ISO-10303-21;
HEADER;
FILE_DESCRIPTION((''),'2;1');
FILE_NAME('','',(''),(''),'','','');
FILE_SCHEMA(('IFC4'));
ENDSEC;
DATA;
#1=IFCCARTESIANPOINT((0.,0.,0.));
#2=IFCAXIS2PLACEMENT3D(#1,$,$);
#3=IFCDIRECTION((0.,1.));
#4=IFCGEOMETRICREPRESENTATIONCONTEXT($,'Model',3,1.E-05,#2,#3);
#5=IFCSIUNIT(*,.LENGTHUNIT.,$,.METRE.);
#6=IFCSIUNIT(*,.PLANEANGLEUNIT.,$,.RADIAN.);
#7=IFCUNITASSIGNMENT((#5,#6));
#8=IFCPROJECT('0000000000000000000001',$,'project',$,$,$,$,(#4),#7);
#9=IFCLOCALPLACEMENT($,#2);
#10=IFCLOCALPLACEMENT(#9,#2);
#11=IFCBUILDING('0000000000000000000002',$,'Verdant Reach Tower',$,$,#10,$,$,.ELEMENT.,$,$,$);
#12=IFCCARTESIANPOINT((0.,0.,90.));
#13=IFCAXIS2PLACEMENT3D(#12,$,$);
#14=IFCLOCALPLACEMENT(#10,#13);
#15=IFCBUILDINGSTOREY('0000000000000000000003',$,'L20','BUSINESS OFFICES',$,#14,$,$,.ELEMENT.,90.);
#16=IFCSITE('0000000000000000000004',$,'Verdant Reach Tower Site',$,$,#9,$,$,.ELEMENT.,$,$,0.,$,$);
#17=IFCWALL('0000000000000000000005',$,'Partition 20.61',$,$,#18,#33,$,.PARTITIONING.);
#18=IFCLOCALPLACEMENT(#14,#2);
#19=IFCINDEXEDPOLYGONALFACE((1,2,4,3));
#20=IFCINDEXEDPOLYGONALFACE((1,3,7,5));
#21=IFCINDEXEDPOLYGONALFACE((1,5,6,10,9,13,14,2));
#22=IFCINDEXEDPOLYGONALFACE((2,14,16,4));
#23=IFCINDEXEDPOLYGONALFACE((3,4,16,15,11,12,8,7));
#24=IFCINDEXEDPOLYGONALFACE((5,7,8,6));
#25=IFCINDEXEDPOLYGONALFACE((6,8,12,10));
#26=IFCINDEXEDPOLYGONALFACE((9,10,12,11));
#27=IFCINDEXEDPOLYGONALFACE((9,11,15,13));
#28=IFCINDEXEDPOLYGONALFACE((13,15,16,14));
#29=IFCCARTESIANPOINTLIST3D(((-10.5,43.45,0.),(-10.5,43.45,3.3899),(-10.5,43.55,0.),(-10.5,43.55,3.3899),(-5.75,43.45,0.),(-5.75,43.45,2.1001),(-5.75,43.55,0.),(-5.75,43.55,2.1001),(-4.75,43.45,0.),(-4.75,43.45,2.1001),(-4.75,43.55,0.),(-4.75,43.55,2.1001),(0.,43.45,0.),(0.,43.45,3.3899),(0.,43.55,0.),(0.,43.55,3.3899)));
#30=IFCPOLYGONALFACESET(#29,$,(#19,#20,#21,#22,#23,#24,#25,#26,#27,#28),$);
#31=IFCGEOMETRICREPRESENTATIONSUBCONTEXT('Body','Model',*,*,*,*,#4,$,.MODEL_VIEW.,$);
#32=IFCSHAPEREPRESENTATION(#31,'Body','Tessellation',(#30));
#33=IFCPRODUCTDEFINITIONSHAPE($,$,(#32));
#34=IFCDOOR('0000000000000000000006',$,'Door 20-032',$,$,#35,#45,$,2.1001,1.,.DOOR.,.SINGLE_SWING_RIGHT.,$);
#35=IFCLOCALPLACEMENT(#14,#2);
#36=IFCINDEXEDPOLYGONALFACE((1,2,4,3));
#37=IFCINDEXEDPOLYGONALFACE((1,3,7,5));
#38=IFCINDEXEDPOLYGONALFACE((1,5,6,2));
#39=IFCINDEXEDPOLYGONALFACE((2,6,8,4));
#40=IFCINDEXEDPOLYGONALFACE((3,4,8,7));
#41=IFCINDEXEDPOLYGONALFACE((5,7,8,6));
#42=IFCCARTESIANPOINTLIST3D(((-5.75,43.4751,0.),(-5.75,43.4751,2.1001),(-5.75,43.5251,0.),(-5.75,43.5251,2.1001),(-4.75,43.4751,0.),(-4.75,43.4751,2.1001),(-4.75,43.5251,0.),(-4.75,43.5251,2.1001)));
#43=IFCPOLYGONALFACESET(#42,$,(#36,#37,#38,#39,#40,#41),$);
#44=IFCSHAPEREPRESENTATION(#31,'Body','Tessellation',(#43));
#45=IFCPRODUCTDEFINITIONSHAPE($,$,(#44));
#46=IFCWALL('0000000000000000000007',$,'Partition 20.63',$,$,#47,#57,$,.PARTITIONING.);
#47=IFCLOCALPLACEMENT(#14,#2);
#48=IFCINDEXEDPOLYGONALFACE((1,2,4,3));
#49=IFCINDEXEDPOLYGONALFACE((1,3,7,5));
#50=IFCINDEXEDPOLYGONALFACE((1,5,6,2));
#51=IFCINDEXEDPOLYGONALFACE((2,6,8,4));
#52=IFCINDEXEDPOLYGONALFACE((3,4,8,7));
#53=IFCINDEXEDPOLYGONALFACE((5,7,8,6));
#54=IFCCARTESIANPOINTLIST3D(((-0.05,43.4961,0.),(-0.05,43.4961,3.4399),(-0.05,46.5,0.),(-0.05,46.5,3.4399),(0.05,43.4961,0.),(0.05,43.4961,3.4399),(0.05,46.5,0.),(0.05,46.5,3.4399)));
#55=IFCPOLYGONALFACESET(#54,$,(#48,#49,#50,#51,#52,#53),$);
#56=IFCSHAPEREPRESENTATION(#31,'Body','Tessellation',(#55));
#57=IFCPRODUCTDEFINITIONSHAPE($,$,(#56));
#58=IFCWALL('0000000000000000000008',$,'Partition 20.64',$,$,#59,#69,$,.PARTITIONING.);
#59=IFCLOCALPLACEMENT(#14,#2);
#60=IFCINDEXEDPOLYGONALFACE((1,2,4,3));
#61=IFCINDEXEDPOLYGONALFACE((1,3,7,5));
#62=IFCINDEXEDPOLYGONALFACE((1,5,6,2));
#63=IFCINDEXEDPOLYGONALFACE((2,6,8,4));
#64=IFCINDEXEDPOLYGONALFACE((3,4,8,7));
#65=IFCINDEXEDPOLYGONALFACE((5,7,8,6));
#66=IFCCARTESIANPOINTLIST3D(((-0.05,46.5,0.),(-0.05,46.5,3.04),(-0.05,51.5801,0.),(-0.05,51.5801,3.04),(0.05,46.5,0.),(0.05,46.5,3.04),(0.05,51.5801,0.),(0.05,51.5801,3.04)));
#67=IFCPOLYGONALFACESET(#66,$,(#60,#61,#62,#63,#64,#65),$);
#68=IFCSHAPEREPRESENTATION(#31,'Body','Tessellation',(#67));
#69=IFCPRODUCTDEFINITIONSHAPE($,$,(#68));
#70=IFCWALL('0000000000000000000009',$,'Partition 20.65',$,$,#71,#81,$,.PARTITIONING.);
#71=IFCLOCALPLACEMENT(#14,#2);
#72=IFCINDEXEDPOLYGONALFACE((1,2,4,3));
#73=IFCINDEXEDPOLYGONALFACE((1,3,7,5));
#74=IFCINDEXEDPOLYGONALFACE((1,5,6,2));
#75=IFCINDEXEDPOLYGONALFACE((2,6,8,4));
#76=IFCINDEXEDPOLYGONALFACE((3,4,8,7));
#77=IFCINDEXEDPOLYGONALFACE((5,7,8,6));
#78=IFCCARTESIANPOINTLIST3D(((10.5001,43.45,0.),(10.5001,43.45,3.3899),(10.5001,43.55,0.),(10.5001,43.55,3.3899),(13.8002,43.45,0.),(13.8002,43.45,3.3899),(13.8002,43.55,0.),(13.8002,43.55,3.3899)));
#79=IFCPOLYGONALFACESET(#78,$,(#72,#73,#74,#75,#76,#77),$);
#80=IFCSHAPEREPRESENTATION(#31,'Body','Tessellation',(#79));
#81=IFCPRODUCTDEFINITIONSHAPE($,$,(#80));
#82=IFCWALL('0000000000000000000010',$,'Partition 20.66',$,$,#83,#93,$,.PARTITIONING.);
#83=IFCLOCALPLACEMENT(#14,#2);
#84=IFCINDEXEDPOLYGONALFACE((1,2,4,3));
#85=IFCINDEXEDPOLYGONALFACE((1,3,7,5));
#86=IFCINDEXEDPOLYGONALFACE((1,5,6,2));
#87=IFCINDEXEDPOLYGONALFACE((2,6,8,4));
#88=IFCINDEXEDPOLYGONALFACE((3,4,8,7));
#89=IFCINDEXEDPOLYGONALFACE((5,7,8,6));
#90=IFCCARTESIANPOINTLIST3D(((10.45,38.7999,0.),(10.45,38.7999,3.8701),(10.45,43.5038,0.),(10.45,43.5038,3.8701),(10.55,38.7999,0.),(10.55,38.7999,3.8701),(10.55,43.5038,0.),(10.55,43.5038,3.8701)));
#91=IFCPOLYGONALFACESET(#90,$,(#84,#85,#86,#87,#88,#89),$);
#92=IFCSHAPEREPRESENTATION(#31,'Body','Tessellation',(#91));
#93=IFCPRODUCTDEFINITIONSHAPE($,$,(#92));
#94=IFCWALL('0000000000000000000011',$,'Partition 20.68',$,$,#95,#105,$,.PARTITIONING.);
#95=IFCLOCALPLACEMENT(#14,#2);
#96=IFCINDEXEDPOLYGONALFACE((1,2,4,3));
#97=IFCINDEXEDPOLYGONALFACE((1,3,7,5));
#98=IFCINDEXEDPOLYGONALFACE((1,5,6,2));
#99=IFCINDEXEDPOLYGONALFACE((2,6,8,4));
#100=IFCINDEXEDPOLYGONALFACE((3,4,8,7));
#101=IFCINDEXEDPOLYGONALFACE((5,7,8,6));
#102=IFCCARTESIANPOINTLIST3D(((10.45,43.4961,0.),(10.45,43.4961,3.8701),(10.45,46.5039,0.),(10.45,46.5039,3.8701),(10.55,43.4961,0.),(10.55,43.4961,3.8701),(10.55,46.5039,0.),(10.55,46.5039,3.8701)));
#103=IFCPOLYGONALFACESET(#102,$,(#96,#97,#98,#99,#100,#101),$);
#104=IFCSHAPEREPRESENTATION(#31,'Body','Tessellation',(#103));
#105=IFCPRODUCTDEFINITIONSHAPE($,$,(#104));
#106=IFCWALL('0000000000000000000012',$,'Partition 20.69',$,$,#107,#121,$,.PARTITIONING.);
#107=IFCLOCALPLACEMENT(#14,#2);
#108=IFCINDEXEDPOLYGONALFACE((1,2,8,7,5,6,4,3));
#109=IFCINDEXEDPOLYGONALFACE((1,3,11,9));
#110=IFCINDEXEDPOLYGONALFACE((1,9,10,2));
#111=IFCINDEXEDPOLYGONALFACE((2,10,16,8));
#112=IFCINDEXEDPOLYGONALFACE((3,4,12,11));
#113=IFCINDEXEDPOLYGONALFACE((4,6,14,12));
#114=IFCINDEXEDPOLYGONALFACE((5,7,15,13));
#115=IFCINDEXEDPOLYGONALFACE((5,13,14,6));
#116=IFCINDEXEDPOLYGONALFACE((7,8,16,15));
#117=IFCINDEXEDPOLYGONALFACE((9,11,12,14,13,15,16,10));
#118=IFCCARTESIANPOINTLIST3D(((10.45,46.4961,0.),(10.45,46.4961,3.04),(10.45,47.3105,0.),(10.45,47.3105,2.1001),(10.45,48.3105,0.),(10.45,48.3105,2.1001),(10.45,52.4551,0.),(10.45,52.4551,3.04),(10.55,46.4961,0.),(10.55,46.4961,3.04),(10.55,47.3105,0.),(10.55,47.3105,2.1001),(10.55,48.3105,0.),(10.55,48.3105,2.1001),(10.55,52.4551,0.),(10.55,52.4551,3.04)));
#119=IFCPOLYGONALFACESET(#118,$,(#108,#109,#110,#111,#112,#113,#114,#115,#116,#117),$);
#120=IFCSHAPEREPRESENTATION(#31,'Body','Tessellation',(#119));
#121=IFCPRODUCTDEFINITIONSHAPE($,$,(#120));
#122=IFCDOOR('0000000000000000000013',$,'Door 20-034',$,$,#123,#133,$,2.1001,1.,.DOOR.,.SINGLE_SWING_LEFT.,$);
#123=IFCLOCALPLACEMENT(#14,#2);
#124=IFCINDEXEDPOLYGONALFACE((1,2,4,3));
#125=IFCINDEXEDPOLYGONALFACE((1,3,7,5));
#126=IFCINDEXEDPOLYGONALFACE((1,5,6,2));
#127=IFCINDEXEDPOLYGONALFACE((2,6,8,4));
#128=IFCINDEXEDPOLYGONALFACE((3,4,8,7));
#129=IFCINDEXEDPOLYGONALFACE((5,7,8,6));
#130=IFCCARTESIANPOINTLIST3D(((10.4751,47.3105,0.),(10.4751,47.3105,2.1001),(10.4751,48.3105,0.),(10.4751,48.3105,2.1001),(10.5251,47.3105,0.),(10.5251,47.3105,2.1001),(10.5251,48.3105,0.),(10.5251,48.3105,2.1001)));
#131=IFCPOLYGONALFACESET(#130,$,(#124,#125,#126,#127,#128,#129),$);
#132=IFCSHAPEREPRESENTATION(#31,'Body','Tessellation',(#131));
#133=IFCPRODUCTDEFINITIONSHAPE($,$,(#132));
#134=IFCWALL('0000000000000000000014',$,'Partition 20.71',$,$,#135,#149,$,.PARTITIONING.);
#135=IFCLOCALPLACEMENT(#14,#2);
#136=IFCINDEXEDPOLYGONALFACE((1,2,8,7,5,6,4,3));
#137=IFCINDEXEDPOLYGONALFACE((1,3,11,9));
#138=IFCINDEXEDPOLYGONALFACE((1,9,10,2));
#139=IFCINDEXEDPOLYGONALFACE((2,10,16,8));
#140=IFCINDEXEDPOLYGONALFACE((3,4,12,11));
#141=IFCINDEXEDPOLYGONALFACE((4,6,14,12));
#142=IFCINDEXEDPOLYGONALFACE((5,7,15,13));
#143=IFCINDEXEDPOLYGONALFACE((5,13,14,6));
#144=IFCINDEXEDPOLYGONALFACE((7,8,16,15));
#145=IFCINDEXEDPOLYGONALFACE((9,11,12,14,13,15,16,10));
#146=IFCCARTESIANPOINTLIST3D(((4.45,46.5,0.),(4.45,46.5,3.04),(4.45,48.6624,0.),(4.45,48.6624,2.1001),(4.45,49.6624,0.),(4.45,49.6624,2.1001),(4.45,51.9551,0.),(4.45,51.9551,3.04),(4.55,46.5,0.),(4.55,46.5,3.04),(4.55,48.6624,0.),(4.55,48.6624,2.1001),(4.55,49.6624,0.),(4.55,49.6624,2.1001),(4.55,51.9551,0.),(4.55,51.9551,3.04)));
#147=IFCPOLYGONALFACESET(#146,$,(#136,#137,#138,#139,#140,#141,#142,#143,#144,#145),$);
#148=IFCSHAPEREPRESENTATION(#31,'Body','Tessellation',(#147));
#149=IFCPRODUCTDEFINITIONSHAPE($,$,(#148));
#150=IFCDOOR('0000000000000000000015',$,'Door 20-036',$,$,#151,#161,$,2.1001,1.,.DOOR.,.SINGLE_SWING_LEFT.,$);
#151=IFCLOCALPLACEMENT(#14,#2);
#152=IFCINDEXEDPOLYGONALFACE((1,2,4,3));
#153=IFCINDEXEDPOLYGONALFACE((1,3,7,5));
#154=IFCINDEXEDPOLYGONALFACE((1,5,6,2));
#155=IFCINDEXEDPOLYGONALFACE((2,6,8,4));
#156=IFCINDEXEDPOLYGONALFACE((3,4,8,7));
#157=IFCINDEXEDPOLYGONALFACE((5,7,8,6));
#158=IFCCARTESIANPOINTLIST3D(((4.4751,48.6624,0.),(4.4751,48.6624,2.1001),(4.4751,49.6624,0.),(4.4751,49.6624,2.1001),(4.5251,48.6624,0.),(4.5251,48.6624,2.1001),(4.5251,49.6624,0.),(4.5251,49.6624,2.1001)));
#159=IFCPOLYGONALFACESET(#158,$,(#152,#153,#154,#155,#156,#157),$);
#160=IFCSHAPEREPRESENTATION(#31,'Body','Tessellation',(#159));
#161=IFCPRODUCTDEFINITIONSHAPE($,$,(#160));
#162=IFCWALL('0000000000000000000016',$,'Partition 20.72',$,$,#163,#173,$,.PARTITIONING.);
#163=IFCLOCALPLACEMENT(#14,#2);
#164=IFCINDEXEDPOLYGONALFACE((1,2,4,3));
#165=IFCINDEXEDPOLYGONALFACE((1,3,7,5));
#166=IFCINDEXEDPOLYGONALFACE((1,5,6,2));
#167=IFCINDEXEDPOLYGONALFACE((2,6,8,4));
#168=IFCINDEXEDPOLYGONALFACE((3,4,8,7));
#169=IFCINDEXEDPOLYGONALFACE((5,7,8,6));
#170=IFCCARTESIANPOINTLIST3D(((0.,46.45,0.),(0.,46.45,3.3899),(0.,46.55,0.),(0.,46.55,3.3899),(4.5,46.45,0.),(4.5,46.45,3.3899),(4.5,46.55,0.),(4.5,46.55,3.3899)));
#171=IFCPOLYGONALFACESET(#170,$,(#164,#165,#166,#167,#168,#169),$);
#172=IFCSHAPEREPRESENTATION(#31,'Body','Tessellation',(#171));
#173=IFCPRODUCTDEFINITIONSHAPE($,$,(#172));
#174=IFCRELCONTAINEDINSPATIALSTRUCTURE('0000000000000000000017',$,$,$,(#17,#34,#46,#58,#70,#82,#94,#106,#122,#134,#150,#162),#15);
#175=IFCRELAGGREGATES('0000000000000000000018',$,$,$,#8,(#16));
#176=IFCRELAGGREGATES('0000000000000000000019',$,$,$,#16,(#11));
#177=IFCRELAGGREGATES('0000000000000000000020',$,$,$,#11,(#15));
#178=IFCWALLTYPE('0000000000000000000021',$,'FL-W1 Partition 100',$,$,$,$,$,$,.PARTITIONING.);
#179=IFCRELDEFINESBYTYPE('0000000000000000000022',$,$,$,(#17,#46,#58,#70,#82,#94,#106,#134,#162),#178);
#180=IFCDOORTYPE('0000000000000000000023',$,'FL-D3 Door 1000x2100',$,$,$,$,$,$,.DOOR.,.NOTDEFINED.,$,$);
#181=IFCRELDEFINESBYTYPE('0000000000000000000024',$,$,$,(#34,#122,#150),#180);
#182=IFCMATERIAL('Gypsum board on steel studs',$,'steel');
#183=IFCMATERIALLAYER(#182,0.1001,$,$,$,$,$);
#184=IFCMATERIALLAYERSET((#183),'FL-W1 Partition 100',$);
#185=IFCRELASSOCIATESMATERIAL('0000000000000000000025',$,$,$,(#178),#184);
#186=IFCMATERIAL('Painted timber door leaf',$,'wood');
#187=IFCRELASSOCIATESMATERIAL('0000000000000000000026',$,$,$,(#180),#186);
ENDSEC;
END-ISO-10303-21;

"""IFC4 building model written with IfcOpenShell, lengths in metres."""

from ifc_helpers import new_model, si_unit, direction, frame, frame_2d, origin, place, context, subcontext, project, spatial, rectangle, extrude, material, layer, layer_set, type_object, element, fill, save


model = new_model("IFC4")

# Units and contexts
model_context = context("Model", 3, precision=1e-05, world=origin(), true_north=direction((0.0, 1.0)))
body_context = subcontext(model_context, "Body", "Model", "MODEL_VIEW")
ifc_project = project(units=[si_unit("LENGTHUNIT", "METRE"), si_unit("PLANEANGLEUNIT", "RADIAN")], contexts=[model_context])

# Site, building, storey
site_placement = place(None, origin())
site = spatial("IfcSite", under=ifc_project, at=site_placement, Name="Verdant Reach Tower Site", CompositionType="ELEMENT", RefElevation=0.0)
building_placement = place(site_placement, origin())
building = spatial("IfcBuilding", under=site, at=building_placement, Name="Verdant Reach Tower", CompositionType="ELEMENT")
storey_placement = place(building_placement, frame((0.0, 0.0, 90.0)))
storey = spatial("IfcBuildingStorey", under=building, at=storey_placement, Name="L20", Description="BUSINESS OFFICES", CompositionType="ELEMENT", Elevation=90.0)

# Wall, opening, door
ifc_material_1 = material(Name="Gypsum board on steel studs", Category="steel")
ifc_layer_1 = layer(ifc_material_1, 0.1001)
ifc_layer_set_1 = layer_set([ifc_layer_1], Name="FL-W1 Partition 100")
wall_type = type_object("IfcWallType", Name="FL-W1 Partition 100", PredefinedType="PARTITIONING", material=ifc_layer_set_1)
wall_1_placement = place(storey_placement, frame((0.0, 43.5, 0.0), z_axis=(0.0, 0.0, 1.0), x_axis=(-1.0, 0.0, 0.0)))
wall_1 = element("IfcWall", 1, at=wall_1_placement, inside=storey, type_object=wall_type, Name="Partition 20.61", PredefinedType="PARTITIONING", context=body_context, shape_type="SweptSolid", body=[
    extrude(rectangle(XDim=10.5, YDim=0.1001, at=frame_2d((5.25, 0.0))), origin(), (0.0, 0.0, 1.0), 3.3899),
])
opening_1_placement = place(wall_1_placement, frame((4.75, 0.0, 0.0)))
opening_1 = element("IfcOpeningElement", 2, at=opening_1_placement, cuts=wall_1, PredefinedType="OPENING", context=body_context, shape_type="SweptSolid", body=[
    extrude(rectangle(XDim=1.0, YDim=2.1001, at=frame_2d((0.5, 1.05))), frame((0.0, 0.0601, 0.0), z_axis=(0.0, -1.0, 0.0), x_axis=(1.0, 0.0, 0.0)), (0.0, 0.0, 1.0), 0.1201),
])
ifc_material_2 = material(Name="Painted timber door leaf", Category="wood")
door_type = type_object("IfcDoorType", Name="FL-D3 Door 1000x2100", OperationType="NOTDEFINED", PredefinedType="DOOR", material=ifc_material_2)
door_1_placement = place(opening_1_placement, origin())
door_1 = element("IfcDoor", 3, at=door_1_placement, inside=storey, type_object=door_type, Name="Door 20-032", OperationType="SINGLE_SWING_RIGHT", OverallHeight=2.1001, OverallWidth=1.0, PredefinedType="DOOR", context=body_context, shape_type="SweptSolid", body=[
    extrude(rectangle(XDim=1.0, YDim=2.1001, at=frame_2d((0.5, 1.05))), frame((0.0, 0.0249, 0.0), z_axis=(0.0, -1.0, 0.0), x_axis=(1.0, 0.0, 0.0)), (0.0, 0.0, 1.0), 0.05),
])
fill(opening_1, door_1)

# Walls
wall_2_placement = place(storey_placement, frame((0.0, 43.4961, 0.0), z_axis=(0.0, 0.0, 1.0), x_axis=(0.0, 1.0, 0.0)))
element("IfcWall", 4, at=wall_2_placement, inside=storey, type_object=wall_type, Name="Partition 20.63", PredefinedType="PARTITIONING", context=body_context, shape_type="SweptSolid", body=[
    extrude(rectangle(XDim=3.0039, YDim=0.1001, at=frame_2d((1.502, 0.0))), origin(), (0.0, 0.0, 1.0), 3.4399),
])
wall_3_placement = place(storey_placement, frame((0.0, 46.5, 0.0), z_axis=(0.0, 0.0, 1.0), x_axis=(0.0, 1.0, 0.0)))
element("IfcWall", 5, at=wall_3_placement, inside=storey, type_object=wall_type, Name="Partition 20.64", PredefinedType="PARTITIONING", context=body_context, shape_type="SweptSolid", body=[
    extrude(rectangle(XDim=5.0801, YDim=0.1001, at=frame_2d((2.54, 0.0))), origin(), (0.0, 0.0, 1.0), 3.04),
])
wall_4_placement = place(storey_placement, frame((13.8, 43.5, 0.0), z_axis=(0.0, 0.0, 1.0), x_axis=(-1.0, 0.0, 0.0)))
element("IfcWall", 6, at=wall_4_placement, inside=storey, type_object=wall_type, Name="Partition 20.65", PredefinedType="PARTITIONING", context=body_context, shape_type="SweptSolid", body=[
    extrude(rectangle(XDim=3.3, YDim=0.1001, at=frame_2d((1.6499, 0.0))), origin(), (0.0, 0.0, 1.0), 3.3899),
])
wall_5_placement = place(storey_placement, frame((10.5, 43.5039, 0.0), z_axis=(0.0, 0.0, 1.0), x_axis=(0.0, -1.0, 0.0)))
element("IfcWall", 7, at=wall_5_placement, inside=storey, type_object=wall_type, Name="Partition 20.66", PredefinedType="PARTITIONING", context=body_context, shape_type="SweptSolid", body=[
    extrude(rectangle(XDim=4.7039, YDim=0.1001, at=frame_2d((2.3521, 0.0))), origin(), (0.0, 0.0, 1.0), 3.8701),
])
wall_6_placement = place(storey_placement, frame((10.5, 46.5039, 0.0), z_axis=(0.0, 0.0, 1.0), x_axis=(0.0, -1.0, 0.0)))
element("IfcWall", 8, at=wall_6_placement, inside=storey, type_object=wall_type, Name="Partition 20.68", PredefinedType="PARTITIONING", context=body_context, shape_type="SweptSolid", body=[
    extrude(rectangle(XDim=3.0078, YDim=0.1001, at=frame_2d((1.5039, 0.0))), origin(), (0.0, 0.0, 1.0), 3.8701),
])

# Walls, openings, doors
wall_7_placement = place(storey_placement, frame((10.5, 46.4961, 0.0), z_axis=(0.0, 0.0, 1.0), x_axis=(0.0, 1.0, 0.0)))
wall_7 = element("IfcWall", 9, at=wall_7_placement, inside=storey, type_object=wall_type, Name="Partition 20.69", PredefinedType="PARTITIONING", context=body_context, shape_type="SweptSolid", body=[
    extrude(rectangle(XDim=5.959, YDim=0.1001, at=frame_2d((2.9795, 0.0))), origin(), (0.0, 0.0, 1.0), 3.04),
])
opening_2_placement = place(wall_7_placement, frame((0.8145, 0.0, 0.0)))
opening_2 = element("IfcOpeningElement", 10, at=opening_2_placement, cuts=wall_7, PredefinedType="OPENING", context=body_context, shape_type="SweptSolid", body=[
    extrude(rectangle(XDim=1.0, YDim=2.1001, at=frame_2d((0.5, 1.05))), frame((0.0, 0.0601, 0.0), z_axis=(0.0, -1.0, 0.0), x_axis=(1.0, 0.0, 0.0)), (0.0, 0.0, 1.0), 0.1201),
])
door_2_placement = place(opening_2_placement, origin())
door_2 = element("IfcDoor", 11, at=door_2_placement, inside=storey, type_object=door_type, Name="Door 20-034", OperationType="SINGLE_SWING_LEFT", OverallHeight=2.1001, OverallWidth=1.0, PredefinedType="DOOR", context=body_context, shape_type="SweptSolid", body=[
    extrude(rectangle(XDim=1.0, YDim=2.1001, at=frame_2d((0.5, 1.05))), frame((0.0, 0.0249, 0.0), z_axis=(0.0, -1.0, 0.0), x_axis=(1.0, 0.0, 0.0)), (0.0, 0.0, 1.0), 0.05),
])
fill(opening_2, door_2)
wall_8_placement = place(storey_placement, frame((4.5, 46.5, 0.0), z_axis=(0.0, 0.0, 1.0), x_axis=(0.0, 1.0, 0.0)))
wall_8 = element("IfcWall", 12, at=wall_8_placement, inside=storey, type_object=wall_type, Name="Partition 20.71", PredefinedType="PARTITIONING", context=body_context, shape_type="SweptSolid", body=[
    extrude(rectangle(XDim=5.4551, YDim=0.1001, at=frame_2d((2.7275, 0.0))), origin(), (0.0, 0.0, 1.0), 3.04),
])
opening_3_placement = place(wall_8_placement, frame((2.1624, 0.0, 0.0)))
opening_3 = element("IfcOpeningElement", 13, at=opening_3_placement, cuts=wall_8, PredefinedType="OPENING", context=body_context, shape_type="SweptSolid", body=[
    extrude(rectangle(XDim=1.0, YDim=2.1001, at=frame_2d((0.5, 1.05))), frame((0.0, 0.0601, 0.0), z_axis=(0.0, -1.0, 0.0), x_axis=(1.0, 0.0, 0.0)), (0.0, 0.0, 1.0), 0.1201),
])
door_3_placement = place(opening_3_placement, origin())
door_3 = element("IfcDoor", 14, at=door_3_placement, inside=storey, type_object=door_type, Name="Door 20-036", OperationType="SINGLE_SWING_LEFT", OverallHeight=2.1001, OverallWidth=1.0, PredefinedType="DOOR", context=body_context, shape_type="SweptSolid", body=[
    extrude(rectangle(XDim=1.0, YDim=2.1001, at=frame_2d((0.5, 1.05))), frame((0.0, 0.0249, 0.0), z_axis=(0.0, -1.0, 0.0), x_axis=(1.0, 0.0, 0.0)), (0.0, 0.0, 1.0), 0.05),
])
fill(opening_3, door_3)

# Wall
wall_9_placement = place(storey_placement, frame((4.5, 46.5, 0.0), z_axis=(0.0, 0.0, 1.0), x_axis=(-1.0, 0.0, 0.0)))
element("IfcWall", 15, at=wall_9_placement, inside=storey, type_object=wall_type, Name="Partition 20.72", PredefinedType="PARTITIONING", context=body_context, shape_type="SweptSolid", body=[
    extrude(rectangle(XDim=4.5, YDim=0.1001, at=frame_2d((2.25, 0.0))), origin(), (0.0, 0.0, 1.0), 3.3899),
])

save(model, "model.ifc")
